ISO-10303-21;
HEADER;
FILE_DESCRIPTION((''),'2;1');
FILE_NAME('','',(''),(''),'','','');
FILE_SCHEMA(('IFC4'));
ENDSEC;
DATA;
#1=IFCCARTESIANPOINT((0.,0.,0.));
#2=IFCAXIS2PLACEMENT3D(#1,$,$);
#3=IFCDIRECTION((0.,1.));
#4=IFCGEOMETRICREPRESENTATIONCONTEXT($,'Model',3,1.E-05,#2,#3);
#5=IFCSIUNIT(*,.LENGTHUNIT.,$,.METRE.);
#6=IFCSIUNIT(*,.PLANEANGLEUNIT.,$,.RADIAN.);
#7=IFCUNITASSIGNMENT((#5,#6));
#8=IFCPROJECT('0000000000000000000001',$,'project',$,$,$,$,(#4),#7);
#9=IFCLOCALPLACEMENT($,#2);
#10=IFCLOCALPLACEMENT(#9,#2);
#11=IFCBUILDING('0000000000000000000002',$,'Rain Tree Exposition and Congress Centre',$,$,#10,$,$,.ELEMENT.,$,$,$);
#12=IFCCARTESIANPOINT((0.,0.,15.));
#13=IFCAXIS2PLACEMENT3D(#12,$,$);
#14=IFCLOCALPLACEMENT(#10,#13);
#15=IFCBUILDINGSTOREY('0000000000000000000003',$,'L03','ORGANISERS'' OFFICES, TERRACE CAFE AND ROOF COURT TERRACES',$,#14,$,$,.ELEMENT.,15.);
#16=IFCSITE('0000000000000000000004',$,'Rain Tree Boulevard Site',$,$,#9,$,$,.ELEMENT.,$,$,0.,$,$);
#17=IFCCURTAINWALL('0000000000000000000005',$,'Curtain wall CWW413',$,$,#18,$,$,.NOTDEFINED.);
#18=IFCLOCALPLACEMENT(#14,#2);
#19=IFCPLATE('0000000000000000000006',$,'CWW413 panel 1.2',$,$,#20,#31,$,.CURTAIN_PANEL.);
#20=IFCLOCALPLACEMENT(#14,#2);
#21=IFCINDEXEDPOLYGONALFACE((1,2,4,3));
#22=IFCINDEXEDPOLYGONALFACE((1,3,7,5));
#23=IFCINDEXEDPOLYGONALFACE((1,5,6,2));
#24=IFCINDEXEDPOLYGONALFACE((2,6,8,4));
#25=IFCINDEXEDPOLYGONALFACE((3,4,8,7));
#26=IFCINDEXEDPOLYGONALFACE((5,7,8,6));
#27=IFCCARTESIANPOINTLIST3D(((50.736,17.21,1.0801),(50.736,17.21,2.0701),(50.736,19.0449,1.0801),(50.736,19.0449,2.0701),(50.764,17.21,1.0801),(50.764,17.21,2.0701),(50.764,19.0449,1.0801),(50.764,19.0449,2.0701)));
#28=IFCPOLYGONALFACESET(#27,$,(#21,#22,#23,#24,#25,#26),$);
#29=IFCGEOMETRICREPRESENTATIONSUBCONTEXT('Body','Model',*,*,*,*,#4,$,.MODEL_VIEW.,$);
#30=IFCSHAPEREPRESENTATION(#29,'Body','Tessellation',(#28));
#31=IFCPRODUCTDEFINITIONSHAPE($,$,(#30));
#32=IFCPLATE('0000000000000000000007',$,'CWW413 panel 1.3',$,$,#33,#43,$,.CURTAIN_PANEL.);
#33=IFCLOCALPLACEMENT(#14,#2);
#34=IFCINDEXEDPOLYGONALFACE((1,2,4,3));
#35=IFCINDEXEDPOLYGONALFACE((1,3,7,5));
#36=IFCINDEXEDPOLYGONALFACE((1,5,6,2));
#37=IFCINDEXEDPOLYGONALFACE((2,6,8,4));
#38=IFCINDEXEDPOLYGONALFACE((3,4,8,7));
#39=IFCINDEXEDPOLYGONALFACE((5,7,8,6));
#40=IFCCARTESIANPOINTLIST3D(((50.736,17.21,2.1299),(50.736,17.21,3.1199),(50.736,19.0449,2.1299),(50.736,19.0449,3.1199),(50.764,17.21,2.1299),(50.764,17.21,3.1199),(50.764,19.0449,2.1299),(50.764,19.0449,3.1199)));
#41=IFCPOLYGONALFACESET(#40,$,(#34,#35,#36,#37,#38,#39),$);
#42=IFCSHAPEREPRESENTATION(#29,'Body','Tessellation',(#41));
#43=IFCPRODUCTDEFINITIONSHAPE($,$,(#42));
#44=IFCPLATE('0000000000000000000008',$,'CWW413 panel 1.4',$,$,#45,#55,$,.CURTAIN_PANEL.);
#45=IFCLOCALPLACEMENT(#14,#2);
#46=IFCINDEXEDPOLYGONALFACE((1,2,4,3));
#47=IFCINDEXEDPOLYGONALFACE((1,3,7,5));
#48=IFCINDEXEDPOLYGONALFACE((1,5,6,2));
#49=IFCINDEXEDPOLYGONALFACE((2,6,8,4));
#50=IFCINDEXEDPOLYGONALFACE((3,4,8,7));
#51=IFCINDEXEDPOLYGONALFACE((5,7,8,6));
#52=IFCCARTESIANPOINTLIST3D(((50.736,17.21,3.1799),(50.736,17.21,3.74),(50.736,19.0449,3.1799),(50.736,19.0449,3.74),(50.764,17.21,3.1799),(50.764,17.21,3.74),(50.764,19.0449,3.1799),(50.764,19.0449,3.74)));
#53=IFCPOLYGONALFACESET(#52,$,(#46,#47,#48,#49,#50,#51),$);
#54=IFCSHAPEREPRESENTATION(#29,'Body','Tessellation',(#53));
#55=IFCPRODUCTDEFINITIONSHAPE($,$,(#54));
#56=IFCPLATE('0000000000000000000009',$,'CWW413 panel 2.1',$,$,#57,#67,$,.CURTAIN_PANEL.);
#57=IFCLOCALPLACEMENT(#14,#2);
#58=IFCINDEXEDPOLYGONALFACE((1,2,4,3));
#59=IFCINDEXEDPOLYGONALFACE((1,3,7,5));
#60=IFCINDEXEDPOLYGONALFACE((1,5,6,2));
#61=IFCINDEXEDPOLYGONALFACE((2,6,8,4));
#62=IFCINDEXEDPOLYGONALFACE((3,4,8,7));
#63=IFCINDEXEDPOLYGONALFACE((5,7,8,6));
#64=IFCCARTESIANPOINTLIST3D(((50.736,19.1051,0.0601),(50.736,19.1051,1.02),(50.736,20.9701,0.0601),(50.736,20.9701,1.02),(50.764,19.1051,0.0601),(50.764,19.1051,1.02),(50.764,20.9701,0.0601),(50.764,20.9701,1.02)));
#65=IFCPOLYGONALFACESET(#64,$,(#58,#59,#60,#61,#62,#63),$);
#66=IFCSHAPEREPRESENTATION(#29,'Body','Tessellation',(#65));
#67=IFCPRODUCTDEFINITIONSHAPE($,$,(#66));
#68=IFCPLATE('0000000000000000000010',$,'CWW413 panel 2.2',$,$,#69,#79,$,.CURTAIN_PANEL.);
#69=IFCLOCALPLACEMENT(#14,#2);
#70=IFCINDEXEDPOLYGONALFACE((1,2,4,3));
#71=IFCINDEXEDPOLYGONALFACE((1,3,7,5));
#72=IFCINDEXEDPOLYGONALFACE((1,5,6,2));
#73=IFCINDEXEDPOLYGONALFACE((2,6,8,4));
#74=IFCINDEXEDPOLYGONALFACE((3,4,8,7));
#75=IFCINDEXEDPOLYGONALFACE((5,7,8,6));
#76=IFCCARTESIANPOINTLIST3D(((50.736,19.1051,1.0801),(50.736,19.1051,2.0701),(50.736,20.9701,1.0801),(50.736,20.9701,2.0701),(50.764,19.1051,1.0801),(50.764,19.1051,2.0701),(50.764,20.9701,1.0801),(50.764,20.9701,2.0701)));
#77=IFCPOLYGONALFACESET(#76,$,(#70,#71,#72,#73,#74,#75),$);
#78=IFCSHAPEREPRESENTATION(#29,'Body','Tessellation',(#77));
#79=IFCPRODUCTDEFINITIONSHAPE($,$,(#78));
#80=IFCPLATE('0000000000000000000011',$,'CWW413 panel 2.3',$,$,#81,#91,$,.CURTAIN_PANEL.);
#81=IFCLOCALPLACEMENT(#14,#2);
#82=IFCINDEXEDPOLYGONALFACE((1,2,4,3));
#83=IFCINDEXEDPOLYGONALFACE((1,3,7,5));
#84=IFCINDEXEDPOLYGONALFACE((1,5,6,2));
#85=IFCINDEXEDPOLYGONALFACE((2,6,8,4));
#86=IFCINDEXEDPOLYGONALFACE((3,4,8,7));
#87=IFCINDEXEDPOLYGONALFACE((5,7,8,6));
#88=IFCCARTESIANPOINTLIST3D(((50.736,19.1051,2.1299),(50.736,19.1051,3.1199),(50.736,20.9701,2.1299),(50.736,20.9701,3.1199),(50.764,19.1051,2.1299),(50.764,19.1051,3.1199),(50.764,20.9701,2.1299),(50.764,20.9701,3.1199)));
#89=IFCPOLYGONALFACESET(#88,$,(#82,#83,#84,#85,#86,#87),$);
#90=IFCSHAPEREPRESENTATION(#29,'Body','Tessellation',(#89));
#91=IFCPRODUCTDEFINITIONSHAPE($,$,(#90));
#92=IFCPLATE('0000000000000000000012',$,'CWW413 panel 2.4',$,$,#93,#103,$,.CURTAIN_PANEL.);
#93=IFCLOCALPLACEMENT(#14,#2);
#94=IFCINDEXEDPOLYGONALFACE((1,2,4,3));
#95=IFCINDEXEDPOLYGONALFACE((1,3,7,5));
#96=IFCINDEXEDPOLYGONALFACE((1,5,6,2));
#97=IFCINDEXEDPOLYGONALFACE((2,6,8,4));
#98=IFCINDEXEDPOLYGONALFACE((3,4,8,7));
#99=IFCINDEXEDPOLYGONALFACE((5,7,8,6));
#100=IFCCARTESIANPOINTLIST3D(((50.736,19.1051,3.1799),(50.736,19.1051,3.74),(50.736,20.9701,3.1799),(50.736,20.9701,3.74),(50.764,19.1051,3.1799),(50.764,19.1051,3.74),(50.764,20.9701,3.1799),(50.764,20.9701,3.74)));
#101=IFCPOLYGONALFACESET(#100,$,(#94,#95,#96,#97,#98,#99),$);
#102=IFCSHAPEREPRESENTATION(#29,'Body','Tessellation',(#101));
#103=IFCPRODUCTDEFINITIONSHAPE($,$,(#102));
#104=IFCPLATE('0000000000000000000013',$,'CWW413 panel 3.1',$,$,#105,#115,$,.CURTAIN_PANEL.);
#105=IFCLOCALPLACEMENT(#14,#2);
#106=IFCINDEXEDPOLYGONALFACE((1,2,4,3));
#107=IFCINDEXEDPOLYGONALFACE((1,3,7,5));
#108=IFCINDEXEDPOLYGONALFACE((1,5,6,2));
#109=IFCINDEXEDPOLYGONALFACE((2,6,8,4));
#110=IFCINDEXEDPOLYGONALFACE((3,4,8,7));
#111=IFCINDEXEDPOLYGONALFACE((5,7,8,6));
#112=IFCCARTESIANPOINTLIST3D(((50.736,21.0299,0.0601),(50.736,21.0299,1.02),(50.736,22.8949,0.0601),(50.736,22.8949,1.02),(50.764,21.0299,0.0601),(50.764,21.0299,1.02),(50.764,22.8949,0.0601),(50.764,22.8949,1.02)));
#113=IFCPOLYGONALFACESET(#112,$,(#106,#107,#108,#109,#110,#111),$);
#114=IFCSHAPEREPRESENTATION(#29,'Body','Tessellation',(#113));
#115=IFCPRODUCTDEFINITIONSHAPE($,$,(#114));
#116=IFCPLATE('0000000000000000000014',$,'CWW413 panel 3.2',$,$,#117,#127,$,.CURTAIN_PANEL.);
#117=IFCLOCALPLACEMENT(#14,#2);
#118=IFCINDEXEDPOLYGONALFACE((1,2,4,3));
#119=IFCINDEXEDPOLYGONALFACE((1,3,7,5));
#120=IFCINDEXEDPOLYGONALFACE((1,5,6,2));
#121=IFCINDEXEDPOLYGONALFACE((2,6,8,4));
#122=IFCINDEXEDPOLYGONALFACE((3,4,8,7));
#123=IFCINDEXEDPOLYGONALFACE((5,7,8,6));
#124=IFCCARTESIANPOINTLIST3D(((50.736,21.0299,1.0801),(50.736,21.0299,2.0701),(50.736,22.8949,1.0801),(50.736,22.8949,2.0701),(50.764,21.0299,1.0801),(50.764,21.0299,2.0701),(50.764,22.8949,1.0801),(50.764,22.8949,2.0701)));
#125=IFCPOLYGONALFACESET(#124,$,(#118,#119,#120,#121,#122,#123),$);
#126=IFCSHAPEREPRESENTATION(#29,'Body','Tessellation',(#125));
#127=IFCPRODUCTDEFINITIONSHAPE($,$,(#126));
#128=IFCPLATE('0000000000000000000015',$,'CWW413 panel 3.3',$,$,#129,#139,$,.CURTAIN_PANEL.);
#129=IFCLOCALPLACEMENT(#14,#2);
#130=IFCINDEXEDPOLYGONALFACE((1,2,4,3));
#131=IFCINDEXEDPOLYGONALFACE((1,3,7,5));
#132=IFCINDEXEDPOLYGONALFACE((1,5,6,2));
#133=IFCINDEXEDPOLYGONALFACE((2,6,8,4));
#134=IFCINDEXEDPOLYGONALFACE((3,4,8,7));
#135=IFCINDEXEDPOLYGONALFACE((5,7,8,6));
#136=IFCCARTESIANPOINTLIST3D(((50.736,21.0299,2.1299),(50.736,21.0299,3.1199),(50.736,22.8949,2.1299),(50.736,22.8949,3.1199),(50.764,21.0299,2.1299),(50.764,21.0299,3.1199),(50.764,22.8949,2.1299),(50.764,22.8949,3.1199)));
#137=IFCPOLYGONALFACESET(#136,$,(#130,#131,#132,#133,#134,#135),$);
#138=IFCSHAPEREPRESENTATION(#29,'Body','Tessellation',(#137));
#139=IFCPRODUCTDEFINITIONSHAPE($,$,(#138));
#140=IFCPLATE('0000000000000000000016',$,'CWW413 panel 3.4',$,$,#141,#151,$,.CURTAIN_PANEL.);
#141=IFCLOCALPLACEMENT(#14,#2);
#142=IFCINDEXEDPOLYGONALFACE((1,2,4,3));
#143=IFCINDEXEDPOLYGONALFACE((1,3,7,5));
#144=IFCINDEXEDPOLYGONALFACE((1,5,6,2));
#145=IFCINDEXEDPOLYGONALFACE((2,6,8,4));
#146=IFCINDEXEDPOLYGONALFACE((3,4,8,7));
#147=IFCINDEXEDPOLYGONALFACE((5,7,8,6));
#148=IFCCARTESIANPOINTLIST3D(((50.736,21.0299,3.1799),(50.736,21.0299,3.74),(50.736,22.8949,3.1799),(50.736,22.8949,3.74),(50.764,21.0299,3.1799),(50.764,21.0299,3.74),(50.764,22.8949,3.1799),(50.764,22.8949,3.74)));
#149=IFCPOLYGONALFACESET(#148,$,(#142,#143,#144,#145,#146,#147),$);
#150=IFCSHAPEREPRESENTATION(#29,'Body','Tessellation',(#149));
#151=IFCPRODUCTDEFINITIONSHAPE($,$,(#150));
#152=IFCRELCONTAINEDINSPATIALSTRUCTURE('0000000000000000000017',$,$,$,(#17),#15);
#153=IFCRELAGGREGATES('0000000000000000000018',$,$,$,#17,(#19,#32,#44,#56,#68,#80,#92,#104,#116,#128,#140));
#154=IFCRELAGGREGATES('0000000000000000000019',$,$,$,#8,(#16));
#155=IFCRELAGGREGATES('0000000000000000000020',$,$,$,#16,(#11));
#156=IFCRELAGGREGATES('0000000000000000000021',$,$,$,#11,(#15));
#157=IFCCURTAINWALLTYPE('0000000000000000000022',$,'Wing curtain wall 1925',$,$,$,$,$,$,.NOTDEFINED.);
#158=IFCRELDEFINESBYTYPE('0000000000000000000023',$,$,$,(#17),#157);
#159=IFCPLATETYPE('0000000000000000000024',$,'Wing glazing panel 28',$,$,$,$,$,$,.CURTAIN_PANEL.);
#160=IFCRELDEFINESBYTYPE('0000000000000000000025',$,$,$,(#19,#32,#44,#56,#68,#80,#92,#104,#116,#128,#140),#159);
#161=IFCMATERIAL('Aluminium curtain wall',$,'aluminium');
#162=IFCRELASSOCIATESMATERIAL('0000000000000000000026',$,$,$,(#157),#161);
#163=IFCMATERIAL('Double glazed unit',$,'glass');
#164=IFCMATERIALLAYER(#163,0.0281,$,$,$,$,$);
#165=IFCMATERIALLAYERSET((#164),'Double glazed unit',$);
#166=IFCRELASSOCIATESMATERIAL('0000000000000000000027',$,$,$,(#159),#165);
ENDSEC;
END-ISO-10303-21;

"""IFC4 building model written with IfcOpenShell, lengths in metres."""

from ifc_helpers import new_model, si_unit, direction, frame, origin, origin_2d, place, context, subcontext, project, spatial, rectangle, extrude, material, layer, layer_set, type_object, element, aggregate, save


model = new_model("IFC4")

# Units and contexts
model_context = context("Model", 3, precision=1e-05, world=origin(), true_north=direction((0.0, 1.0)))
body_context = subcontext(model_context, "Body", "Model", "MODEL_VIEW")
ifc_project = project(units=[si_unit("LENGTHUNIT", "METRE"), si_unit("PLANEANGLEUNIT", "RADIAN")], contexts=[model_context])

# Site, building, storey
site_placement = place(None, origin())
site = spatial("IfcSite", under=ifc_project, at=site_placement, Name="Rain Tree Boulevard Site", CompositionType="ELEMENT", RefElevation=0.0)
building_placement = place(site_placement, origin())
building = spatial("IfcBuilding", under=site, at=building_placement, Name="Rain Tree Exposition and Congress Centre", CompositionType="ELEMENT")
storey_placement = place(building_placement, frame((0.0, 0.0, 15.0)))
storey = spatial("IfcBuildingStorey", under=building, at=storey_placement, Name="L03", Description="ORGANISERS' OFFICES, TERRACE CAFE AND ROOF COURT TERRACES", CompositionType="ELEMENT", Elevation=15.0)

# Curtain wall, plates
ifc_material_1 = material(Name="Aluminium curtain wall", Category="aluminium")
curtain_wall_type = type_object("IfcCurtainWallType", Name="Wing curtain wall 1925", PredefinedType="NOTDEFINED", material=ifc_material_1)
curtain_wall_placement = place(storey_placement, origin())
curtain_wall = element("IfcCurtainWall", 1, at=curtain_wall_placement, inside=storey, type_object=curtain_wall_type, Name="Curtain wall CWW413", PredefinedType="NOTDEFINED")
ifc_material_2 = material(Name="Double glazed unit", Category="glass")
ifc_layer = layer(ifc_material_2, 0.0281)
ifc_layer_set = layer_set([ifc_layer], Name="Double glazed unit")
plate_type = type_object("IfcPlateType", Name="Wing glazing panel 28", PredefinedType="CURTAIN_PANEL", material=ifc_layer_set)
plate_1_placement = place(storey_placement, frame((50.75, 18.1274, 1.0801), z_axis=(0.0, 0.0, 1.0), x_axis=(0.0, 1.0, 0.0)))
plate_1 = element("IfcPlate", 2, at=plate_1_placement, type_object=plate_type, Name="CWW413 panel 1.2", PredefinedType="CURTAIN_PANEL", context=body_context, shape_type="SweptSolid", body=[
    extrude(rectangle(XDim=1.835, YDim=0.0281, at=origin_2d()), origin(), (0.0, 0.0, 1.0), 0.99),
])
plate_2_placement = place(storey_placement, frame((50.75, 18.1274, 2.1299), z_axis=(0.0, 0.0, 1.0), x_axis=(0.0, 1.0, 0.0)))
plate_2 = element("IfcPlate", 3, at=plate_2_placement, type_object=plate_type, Name="CWW413 panel 1.3", PredefinedType="CURTAIN_PANEL", context=body_context, shape_type="SweptSolid", body=[
    extrude(rectangle(XDim=1.835, YDim=0.0281, at=origin_2d()), origin(), (0.0, 0.0, 1.0), 0.99),
])
plate_3_placement = place(storey_placement, frame((50.75, 18.1274, 3.1799), z_axis=(0.0, 0.0, 1.0), x_axis=(0.0, 1.0, 0.0)))
plate_3 = element("IfcPlate", 4, at=plate_3_placement, type_object=plate_type, Name="CWW413 panel 1.4", PredefinedType="CURTAIN_PANEL", context=body_context, shape_type="SweptSolid", body=[
    extrude(rectangle(XDim=1.835, YDim=0.0281, at=origin_2d()), origin(), (0.0, 0.0, 1.0), 0.5601),
])
plate_4_placement = place(storey_placement, frame((50.75, 20.0376, 0.0601), z_axis=(0.0, 0.0, 1.0), x_axis=(0.0, 1.0, 0.0)))
plate_4 = element("IfcPlate", 5, at=plate_4_placement, type_object=plate_type, Name="CWW413 panel 2.1", PredefinedType="CURTAIN_PANEL", context=body_context, shape_type="SweptSolid", body=[
    extrude(rectangle(XDim=1.865, YDim=0.0281, at=origin_2d()), origin(), (0.0, 0.0, 1.0), 0.96),
])
plate_5_placement = place(storey_placement, frame((50.75, 20.0376, 1.0801), z_axis=(0.0, 0.0, 1.0), x_axis=(0.0, 1.0, 0.0)))
plate_5 = element("IfcPlate", 6, at=plate_5_placement, type_object=plate_type, Name="CWW413 panel 2.2", PredefinedType="CURTAIN_PANEL", context=body_context, shape_type="SweptSolid", body=[
    extrude(rectangle(XDim=1.865, YDim=0.0281, at=origin_2d()), origin(), (0.0, 0.0, 1.0), 0.99),
])
plate_6_placement = place(storey_placement, frame((50.75, 20.0376, 2.1299), z_axis=(0.0, 0.0, 1.0), x_axis=(0.0, 1.0, 0.0)))
plate_6 = element("IfcPlate", 7, at=plate_6_placement, type_object=plate_type, Name="CWW413 panel 2.3", PredefinedType="CURTAIN_PANEL", context=body_context, shape_type="SweptSolid", body=[
    extrude(rectangle(XDim=1.865, YDim=0.0281, at=origin_2d()), origin(), (0.0, 0.0, 1.0), 0.99),
])
plate_7_placement = place(storey_placement, frame((50.75, 20.0376, 3.1799), z_axis=(0.0, 0.0, 1.0), x_axis=(0.0, 1.0, 0.0)))
plate_7 = element("IfcPlate", 8, at=plate_7_placement, type_object=plate_type, Name="CWW413 panel 2.4", PredefinedType="CURTAIN_PANEL", context=body_context, shape_type="SweptSolid", body=[
    extrude(rectangle(XDim=1.865, YDim=0.0281, at=origin_2d()), origin(), (0.0, 0.0, 1.0), 0.5601),
])
plate_8_placement = place(storey_placement, frame((50.75, 21.9624, 0.0601), z_axis=(0.0, 0.0, 1.0), x_axis=(0.0, 1.0, 0.0)))
plate_8 = element("IfcPlate", 9, at=plate_8_placement, type_object=plate_type, Name="CWW413 panel 3.1", PredefinedType="CURTAIN_PANEL", context=body_context, shape_type="SweptSolid", body=[
    extrude(rectangle(XDim=1.865, YDim=0.0281, at=origin_2d()), origin(), (0.0, 0.0, 1.0), 0.96),
])
plate_9_placement = place(storey_placement, frame((50.75, 21.9624, 1.0801), z_axis=(0.0, 0.0, 1.0), x_axis=(0.0, 1.0, 0.0)))
plate_9 = element("IfcPlate", 10, at=plate_9_placement, type_object=plate_type, Name="CWW413 panel 3.2", PredefinedType="CURTAIN_PANEL", context=body_context, shape_type="SweptSolid", body=[
    extrude(rectangle(XDim=1.865, YDim=0.0281, at=origin_2d()), origin(), (0.0, 0.0, 1.0), 0.99),
])
plate_10_placement = place(storey_placement, frame((50.75, 21.9624, 2.1299), z_axis=(0.0, 0.0, 1.0), x_axis=(0.0, 1.0, 0.0)))
plate_10 = element("IfcPlate", 11, at=plate_10_placement, type_object=plate_type, Name="CWW413 panel 3.3", PredefinedType="CURTAIN_PANEL", context=body_context, shape_type="SweptSolid", body=[
    extrude(rectangle(XDim=1.865, YDim=0.0281, at=origin_2d()), origin(), (0.0, 0.0, 1.0), 0.99),
])
plate_11_placement = place(storey_placement, frame((50.75, 21.9624, 3.1799), z_axis=(0.0, 0.0, 1.0), x_axis=(0.0, 1.0, 0.0)))
plate_11 = element("IfcPlate", 12, at=plate_11_placement, type_object=plate_type, Name="CWW413 panel 3.4", PredefinedType="CURTAIN_PANEL", context=body_context, shape_type="SweptSolid", body=[
    extrude(rectangle(XDim=1.865, YDim=0.0281, at=origin_2d()), origin(), (0.0, 0.0, 1.0), 0.5601),
])
aggregate(curtain_wall, [plate_1, plate_2, plate_3, plate_4, plate_5, plate_6, plate_7, plate_8, plate_9, plate_10, plate_11])

save(model, "model.ifc")
